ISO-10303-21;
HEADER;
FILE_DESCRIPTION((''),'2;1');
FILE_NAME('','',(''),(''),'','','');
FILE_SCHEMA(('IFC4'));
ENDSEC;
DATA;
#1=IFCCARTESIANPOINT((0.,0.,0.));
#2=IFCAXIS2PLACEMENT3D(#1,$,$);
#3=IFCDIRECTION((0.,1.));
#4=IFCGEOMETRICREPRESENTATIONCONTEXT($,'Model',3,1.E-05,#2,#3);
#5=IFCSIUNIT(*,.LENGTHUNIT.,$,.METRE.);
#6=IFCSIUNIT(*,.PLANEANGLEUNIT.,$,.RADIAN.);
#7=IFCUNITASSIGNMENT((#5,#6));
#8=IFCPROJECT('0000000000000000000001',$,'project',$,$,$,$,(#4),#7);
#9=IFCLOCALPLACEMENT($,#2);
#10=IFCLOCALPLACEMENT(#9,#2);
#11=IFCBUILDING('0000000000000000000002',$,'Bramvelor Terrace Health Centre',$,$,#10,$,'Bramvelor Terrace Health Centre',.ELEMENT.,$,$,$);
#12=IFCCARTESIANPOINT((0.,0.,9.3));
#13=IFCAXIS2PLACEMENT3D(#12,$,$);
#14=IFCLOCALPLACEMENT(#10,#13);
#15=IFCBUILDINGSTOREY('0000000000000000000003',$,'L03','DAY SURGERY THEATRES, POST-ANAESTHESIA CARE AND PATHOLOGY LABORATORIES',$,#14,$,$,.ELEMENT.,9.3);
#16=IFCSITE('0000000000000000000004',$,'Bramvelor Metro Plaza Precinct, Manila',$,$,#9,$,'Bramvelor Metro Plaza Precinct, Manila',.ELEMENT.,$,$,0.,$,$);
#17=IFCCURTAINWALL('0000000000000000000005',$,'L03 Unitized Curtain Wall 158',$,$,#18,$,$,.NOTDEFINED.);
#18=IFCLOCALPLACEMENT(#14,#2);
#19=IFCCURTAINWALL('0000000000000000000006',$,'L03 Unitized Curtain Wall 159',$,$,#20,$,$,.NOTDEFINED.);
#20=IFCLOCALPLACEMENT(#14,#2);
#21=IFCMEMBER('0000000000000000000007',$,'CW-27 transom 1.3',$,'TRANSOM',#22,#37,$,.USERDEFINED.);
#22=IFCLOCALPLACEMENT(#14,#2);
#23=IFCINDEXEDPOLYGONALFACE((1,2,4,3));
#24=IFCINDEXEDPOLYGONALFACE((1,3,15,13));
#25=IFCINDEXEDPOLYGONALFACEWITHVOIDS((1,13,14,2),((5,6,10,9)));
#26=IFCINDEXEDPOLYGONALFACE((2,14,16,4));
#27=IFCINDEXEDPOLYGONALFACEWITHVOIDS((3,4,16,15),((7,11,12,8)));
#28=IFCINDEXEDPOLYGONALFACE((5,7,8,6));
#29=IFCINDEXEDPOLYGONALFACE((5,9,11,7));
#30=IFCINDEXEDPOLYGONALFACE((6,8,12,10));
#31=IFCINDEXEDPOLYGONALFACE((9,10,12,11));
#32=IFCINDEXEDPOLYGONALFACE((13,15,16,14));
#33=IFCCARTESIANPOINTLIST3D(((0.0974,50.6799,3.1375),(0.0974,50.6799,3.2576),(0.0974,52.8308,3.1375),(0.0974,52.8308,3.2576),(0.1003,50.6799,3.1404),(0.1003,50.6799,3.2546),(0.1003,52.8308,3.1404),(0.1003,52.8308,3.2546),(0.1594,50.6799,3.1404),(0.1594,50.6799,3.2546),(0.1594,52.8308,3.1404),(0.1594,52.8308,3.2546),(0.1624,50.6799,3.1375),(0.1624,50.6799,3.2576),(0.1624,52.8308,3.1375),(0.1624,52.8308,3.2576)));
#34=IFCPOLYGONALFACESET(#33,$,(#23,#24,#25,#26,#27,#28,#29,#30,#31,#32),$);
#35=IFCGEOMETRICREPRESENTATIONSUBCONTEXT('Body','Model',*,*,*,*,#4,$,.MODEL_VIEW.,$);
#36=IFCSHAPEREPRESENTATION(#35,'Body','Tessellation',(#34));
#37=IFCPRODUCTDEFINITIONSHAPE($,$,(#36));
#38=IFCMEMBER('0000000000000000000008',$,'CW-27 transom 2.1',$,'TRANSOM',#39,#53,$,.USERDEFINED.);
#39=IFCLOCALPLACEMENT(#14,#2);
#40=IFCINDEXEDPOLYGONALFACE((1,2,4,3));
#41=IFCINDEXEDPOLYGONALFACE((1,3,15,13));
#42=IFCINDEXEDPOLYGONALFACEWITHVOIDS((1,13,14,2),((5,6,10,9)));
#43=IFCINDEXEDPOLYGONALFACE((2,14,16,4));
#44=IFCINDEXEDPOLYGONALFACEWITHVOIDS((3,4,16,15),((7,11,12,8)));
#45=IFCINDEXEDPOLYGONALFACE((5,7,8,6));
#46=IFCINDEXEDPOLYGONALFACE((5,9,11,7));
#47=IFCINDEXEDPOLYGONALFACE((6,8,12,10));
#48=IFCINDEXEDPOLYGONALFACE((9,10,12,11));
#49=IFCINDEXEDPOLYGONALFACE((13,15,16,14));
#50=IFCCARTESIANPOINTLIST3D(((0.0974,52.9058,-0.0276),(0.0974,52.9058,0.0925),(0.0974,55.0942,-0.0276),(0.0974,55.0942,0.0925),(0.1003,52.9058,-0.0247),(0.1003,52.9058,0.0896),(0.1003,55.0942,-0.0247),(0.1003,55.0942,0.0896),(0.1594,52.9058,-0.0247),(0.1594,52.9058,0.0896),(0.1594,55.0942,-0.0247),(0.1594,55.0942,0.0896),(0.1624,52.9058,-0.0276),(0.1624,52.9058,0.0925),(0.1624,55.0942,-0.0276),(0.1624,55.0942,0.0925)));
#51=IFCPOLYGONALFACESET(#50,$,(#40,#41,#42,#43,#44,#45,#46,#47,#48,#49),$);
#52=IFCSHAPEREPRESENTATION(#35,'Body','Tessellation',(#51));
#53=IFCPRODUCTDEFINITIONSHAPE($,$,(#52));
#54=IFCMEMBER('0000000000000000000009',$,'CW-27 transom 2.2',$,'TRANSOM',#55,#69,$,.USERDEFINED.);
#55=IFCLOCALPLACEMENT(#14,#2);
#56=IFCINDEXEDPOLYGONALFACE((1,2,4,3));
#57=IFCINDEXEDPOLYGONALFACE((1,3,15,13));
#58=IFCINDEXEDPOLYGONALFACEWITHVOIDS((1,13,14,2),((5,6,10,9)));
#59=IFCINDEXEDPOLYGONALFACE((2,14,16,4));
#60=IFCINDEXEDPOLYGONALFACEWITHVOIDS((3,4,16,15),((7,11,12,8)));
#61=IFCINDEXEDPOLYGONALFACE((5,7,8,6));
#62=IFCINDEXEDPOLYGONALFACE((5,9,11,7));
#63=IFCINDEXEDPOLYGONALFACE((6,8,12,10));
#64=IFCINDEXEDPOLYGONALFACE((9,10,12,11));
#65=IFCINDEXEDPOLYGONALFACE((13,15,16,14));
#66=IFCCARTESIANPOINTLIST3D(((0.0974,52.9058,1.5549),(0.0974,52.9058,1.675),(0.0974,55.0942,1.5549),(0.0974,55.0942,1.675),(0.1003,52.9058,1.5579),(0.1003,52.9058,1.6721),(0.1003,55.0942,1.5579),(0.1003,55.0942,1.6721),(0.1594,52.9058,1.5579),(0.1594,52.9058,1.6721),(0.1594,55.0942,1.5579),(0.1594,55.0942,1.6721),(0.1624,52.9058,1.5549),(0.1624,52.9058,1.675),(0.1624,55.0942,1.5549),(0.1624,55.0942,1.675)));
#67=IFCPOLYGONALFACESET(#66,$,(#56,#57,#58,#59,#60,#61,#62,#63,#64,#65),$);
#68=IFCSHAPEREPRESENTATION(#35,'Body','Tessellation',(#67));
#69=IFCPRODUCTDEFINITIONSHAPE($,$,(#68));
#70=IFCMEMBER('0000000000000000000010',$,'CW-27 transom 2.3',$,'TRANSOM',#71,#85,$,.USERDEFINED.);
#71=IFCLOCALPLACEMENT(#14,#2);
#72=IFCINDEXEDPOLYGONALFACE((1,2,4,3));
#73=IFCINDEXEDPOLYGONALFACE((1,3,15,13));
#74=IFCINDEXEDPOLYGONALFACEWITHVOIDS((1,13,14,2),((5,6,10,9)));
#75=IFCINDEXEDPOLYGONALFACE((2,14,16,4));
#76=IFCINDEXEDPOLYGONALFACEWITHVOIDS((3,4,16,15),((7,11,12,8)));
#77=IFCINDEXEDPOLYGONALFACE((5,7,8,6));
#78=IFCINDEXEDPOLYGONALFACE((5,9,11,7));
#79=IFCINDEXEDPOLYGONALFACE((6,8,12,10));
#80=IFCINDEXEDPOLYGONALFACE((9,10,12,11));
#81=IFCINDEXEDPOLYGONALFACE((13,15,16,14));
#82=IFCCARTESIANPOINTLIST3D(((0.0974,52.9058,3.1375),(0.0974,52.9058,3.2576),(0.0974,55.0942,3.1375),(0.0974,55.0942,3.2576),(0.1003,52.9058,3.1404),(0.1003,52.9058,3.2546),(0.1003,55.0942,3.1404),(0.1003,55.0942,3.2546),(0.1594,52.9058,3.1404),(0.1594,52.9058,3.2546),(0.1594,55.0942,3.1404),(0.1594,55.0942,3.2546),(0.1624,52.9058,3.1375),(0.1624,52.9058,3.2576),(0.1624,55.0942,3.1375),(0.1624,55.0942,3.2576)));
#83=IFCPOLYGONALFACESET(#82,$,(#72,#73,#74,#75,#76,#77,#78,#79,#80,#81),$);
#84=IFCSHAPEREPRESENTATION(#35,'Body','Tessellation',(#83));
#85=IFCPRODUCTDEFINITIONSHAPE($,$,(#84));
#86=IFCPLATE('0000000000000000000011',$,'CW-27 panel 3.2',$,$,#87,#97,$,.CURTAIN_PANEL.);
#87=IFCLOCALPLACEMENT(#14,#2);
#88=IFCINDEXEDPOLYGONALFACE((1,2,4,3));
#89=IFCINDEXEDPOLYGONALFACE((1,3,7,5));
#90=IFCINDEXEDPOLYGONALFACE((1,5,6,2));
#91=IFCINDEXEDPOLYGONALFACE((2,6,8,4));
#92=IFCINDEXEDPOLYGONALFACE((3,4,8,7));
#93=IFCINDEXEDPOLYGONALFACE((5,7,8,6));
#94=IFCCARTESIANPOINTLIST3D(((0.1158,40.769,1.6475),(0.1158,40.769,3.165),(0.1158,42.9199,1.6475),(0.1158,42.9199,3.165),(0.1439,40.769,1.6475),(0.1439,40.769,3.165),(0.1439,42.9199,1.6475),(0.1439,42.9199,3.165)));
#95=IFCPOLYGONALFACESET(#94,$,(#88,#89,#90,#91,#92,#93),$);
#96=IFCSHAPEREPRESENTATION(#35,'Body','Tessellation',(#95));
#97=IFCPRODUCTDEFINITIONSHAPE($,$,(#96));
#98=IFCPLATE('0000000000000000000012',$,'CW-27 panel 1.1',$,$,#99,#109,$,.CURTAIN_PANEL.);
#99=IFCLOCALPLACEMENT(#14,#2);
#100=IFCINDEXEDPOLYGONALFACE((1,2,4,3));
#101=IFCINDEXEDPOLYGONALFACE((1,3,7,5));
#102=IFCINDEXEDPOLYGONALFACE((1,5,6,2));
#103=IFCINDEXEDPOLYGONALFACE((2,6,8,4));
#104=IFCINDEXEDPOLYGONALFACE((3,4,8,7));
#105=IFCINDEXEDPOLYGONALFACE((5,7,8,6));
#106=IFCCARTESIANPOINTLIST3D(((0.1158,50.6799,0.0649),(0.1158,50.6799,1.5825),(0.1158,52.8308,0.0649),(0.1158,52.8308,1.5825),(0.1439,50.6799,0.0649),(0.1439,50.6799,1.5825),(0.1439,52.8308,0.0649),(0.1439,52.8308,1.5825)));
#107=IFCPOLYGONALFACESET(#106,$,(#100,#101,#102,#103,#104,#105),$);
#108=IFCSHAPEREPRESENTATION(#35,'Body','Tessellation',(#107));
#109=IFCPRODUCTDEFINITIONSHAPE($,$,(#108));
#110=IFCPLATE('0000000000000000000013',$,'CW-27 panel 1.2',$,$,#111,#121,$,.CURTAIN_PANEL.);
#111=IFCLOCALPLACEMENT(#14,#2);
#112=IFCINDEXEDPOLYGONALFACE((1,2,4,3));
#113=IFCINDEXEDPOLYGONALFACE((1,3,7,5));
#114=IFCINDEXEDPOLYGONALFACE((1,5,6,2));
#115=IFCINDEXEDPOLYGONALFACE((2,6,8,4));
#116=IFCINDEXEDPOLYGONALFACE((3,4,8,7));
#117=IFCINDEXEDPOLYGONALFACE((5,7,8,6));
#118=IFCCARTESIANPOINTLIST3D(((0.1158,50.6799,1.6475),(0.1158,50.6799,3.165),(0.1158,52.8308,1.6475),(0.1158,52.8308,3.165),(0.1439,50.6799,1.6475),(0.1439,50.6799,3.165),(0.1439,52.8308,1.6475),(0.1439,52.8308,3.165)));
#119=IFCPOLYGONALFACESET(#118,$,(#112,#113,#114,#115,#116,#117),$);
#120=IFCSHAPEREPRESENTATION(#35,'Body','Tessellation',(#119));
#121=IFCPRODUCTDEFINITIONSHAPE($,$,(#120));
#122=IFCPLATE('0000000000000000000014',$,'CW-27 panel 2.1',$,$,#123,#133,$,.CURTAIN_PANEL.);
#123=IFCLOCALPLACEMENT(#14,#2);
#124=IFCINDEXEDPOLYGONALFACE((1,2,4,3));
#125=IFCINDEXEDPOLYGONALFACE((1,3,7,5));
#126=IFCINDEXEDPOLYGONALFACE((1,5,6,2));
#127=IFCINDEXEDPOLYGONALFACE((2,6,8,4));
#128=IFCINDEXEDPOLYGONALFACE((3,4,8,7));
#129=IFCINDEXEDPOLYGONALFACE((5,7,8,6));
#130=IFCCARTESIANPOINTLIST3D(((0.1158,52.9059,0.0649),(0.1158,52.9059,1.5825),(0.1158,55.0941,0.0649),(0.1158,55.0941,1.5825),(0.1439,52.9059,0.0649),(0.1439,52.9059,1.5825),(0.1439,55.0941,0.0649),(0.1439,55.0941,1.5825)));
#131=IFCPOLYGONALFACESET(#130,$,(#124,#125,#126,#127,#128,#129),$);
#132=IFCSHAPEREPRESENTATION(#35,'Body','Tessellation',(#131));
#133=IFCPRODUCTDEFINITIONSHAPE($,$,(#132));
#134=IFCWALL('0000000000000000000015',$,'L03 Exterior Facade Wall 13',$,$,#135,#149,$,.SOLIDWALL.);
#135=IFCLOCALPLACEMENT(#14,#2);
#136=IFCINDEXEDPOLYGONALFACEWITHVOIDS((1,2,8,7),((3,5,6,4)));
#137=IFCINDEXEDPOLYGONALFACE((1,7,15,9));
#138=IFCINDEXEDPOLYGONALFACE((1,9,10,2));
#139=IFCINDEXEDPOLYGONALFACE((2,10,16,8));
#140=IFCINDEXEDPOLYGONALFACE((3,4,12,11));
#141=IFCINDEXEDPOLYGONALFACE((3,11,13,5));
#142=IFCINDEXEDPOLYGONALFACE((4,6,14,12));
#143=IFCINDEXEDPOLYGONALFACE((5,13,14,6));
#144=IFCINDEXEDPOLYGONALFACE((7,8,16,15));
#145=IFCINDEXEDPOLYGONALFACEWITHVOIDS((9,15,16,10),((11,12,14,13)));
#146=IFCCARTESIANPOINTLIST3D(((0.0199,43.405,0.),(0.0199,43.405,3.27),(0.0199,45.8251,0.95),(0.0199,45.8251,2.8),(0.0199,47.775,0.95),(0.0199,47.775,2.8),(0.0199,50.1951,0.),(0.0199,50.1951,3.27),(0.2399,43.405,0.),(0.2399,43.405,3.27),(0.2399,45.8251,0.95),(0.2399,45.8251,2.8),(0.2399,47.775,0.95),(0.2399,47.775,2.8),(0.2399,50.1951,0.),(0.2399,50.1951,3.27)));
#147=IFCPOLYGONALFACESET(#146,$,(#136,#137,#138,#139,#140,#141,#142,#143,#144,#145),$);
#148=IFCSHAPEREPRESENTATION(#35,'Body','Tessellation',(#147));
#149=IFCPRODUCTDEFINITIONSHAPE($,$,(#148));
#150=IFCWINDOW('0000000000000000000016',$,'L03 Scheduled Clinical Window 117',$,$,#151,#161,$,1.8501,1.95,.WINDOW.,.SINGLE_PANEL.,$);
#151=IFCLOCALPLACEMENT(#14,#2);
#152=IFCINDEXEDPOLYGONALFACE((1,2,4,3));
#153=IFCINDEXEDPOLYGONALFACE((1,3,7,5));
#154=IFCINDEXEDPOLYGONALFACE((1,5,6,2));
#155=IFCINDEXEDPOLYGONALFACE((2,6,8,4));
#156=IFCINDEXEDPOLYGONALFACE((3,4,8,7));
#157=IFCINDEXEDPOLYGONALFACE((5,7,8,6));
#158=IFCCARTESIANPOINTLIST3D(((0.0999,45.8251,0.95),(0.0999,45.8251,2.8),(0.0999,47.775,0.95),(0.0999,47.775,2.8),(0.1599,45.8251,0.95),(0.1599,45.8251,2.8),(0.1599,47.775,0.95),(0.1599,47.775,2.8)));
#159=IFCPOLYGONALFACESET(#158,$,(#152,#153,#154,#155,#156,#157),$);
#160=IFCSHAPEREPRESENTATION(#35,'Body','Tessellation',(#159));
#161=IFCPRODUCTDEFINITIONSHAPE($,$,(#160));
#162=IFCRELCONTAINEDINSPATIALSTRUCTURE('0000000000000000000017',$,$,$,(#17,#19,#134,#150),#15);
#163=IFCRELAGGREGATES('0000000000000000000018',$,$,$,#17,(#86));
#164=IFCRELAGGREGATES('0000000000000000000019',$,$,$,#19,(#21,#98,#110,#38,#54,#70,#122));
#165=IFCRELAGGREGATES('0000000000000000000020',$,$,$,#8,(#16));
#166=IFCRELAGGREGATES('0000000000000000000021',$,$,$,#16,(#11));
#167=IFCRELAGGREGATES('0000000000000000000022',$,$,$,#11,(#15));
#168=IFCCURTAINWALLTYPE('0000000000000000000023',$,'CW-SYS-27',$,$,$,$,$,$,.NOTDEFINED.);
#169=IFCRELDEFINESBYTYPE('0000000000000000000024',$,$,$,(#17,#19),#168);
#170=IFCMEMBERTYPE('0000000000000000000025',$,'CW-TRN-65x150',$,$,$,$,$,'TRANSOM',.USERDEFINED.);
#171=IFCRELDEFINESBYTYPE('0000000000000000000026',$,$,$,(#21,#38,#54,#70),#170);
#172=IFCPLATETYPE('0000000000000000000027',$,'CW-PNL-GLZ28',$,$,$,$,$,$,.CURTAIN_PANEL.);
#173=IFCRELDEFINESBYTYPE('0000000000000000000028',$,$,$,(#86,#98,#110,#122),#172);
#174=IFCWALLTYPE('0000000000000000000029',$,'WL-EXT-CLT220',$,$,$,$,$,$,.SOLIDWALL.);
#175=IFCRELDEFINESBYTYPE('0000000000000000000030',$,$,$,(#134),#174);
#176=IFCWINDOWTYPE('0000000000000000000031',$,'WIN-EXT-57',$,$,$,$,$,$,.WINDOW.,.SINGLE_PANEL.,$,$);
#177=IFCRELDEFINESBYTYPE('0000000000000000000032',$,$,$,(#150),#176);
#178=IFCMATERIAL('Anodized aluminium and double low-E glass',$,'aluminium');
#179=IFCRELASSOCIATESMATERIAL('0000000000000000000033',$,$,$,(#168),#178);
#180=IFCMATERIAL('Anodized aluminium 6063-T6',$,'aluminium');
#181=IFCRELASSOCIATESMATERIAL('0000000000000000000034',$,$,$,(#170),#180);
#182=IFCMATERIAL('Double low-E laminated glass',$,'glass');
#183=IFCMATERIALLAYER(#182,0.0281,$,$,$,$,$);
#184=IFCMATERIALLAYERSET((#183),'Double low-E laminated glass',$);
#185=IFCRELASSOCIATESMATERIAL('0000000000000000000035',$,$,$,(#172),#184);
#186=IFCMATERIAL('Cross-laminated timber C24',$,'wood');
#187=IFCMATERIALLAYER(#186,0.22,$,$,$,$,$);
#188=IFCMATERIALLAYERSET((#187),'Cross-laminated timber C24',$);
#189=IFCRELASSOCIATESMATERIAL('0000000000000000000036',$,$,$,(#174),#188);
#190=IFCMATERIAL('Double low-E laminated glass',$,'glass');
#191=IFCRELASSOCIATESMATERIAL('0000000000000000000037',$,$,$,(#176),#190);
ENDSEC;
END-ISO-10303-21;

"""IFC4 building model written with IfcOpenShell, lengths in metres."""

from ifc_helpers import new_model, si_unit, direction, frame, frame_2d, origin, origin_2d, place, context, subcontext, project, spatial, rectangle, hollow_rectangle, extrude, material, layer, layer_set, material_profile, profile_set, type_object, element, fill, aggregate, save


model = new_model("IFC4")

# Units and contexts
model_context = context("Model", 3, precision=1e-05, world=origin(), true_north=direction((0.0, 1.0)))
body_context = subcontext(model_context, "Body", "Model", "MODEL_VIEW")
ifc_project = project(units=[si_unit("LENGTHUNIT", "METRE"), si_unit("PLANEANGLEUNIT", "RADIAN")], contexts=[model_context])

# Site, building, storey
site_placement = place(None, origin())
site = spatial("IfcSite", under=ifc_project, at=site_placement, Name="Bramvelor Metro Plaza Precinct, Manila", LongName="Bramvelor Metro Plaza Precinct, Manila", CompositionType="ELEMENT", RefElevation=0.0)
building_placement = place(site_placement, origin())
building = spatial("IfcBuilding", under=site, at=building_placement, Name="Bramvelor Terrace Health Centre", LongName="Bramvelor Terrace Health Centre", CompositionType="ELEMENT")
storey_placement = place(building_placement, frame((0.0, 0.0, 9.3)))
storey = spatial("IfcBuildingStorey", under=building, at=storey_placement, Name="L03", Description="DAY SURGERY THEATRES, POST-ANAESTHESIA CARE AND PATHOLOGY LABORATORIES", CompositionType="ELEMENT", Elevation=9.3)

# Curtain wall
ifc_material_1 = material(Name="Anodized aluminium and double low-E glass", Category="aluminium")
curtain_wall_type = type_object("IfcCurtainWallType", Name="CW-SYS-27", PredefinedType="NOTDEFINED", material=ifc_material_1)
curtain_wall_1_placement = place(storey_placement, origin())
curtain_wall_1 = element("IfcCurtainWall", 1, at=curtain_wall_1_placement, inside=storey, type_object=curtain_wall_type, Name="L03 Unitized Curtain Wall 158", PredefinedType="NOTDEFINED")

# Curtain wall, members
curtain_wall_2_placement = place(storey_placement, origin())
curtain_wall_2 = element("IfcCurtainWall", 2, at=curtain_wall_2_placement, inside=storey, type_object=curtain_wall_type, Name="L03 Unitized Curtain Wall 159", PredefinedType="NOTDEFINED")
ifc_material_2 = material(Name="Anodized aluminium 6063-T6", Category="aluminium")
ifc_material_profile_1 = material_profile(ifc_material_2, hollow_rectangle(XDim=0.0649, YDim=0.1201, WallThickness=0.0029, at=origin_2d()), Name="ALU-TRN 65x120x3.0")
ifc_profile_set_1 = profile_set([ifc_material_profile_1], Name="Anodized aluminium 6063-T6")
member_type_1 = type_object("IfcMemberType", Name="CW-TRN-65x150", ElementType="TRANSOM", PredefinedType="USERDEFINED", material=ifc_profile_set_1)
member_1_placement = place(storey_placement, frame((0.1299, 50.6799, 3.1975), z_axis=(0.0, 1.0, 0.0), x_axis=(-1.0, 0.0, 0.0)))
member_1 = element("IfcMember", 3, at=member_1_placement, type_object=member_type_1, Name="CW-27 transom 1.3", ObjectType="TRANSOM", PredefinedType="USERDEFINED", context=body_context, shape_type="SweptSolid", body=[
    extrude(hollow_rectangle(XDim=0.0649, YDim=0.1201, WallThickness=0.0029, at=origin_2d()), origin(), (0.0, 0.0, 1.0), 2.1509),
])
member_2_placement = place(storey_placement, frame((0.1299, 52.9058, 0.0325), z_axis=(0.0, 1.0, 0.0), x_axis=(-1.0, 0.0, 0.0)))
member_2 = element("IfcMember", 4, at=member_2_placement, type_object=member_type_1, Name="CW-27 transom 2.1", ObjectType="TRANSOM", PredefinedType="USERDEFINED", context=body_context, shape_type="SweptSolid", body=[
    extrude(hollow_rectangle(XDim=0.0649, YDim=0.1201, WallThickness=0.0029, at=origin_2d()), origin(), (0.0, 0.0, 1.0), 2.1885),
])
member_3_placement = place(storey_placement, frame((0.1299, 52.9058, 1.615), z_axis=(0.0, 1.0, 0.0), x_axis=(-1.0, 0.0, 0.0)))
member_3 = element("IfcMember", 5, at=member_3_placement, type_object=member_type_1, Name="CW-27 transom 2.2", ObjectType="TRANSOM", PredefinedType="USERDEFINED", context=body_context, shape_type="SweptSolid", body=[
    extrude(hollow_rectangle(XDim=0.0649, YDim=0.1201, WallThickness=0.0029, at=origin_2d()), origin(), (0.0, 0.0, 1.0), 2.1885),
])
member_4_placement = place(storey_placement, frame((0.1299, 52.9058, 3.1975), z_axis=(0.0, 1.0, 0.0), x_axis=(-1.0, 0.0, 0.0)))
member_4 = element("IfcMember", 6, at=member_4_placement, type_object=member_type_1, Name="CW-27 transom 2.3", ObjectType="TRANSOM", PredefinedType="USERDEFINED", context=body_context, shape_type="SweptSolid", body=[
    extrude(hollow_rectangle(XDim=0.0649, YDim=0.1201, WallThickness=0.0029, at=origin_2d()), origin(), (0.0, 0.0, 1.0), 2.1885),
])

# Plates
ifc_material_3 = material(Name="Double low-E laminated glass", Category="glass")
ifc_layer_1 = layer(ifc_material_3, 0.0281)
ifc_layer_set_1 = layer_set([ifc_layer_1], Name="Double low-E laminated glass")
plate_type = type_object("IfcPlateType", Name="CW-PNL-GLZ28", PredefinedType="CURTAIN_PANEL", material=ifc_layer_set_1)
plate_1_placement = place(storey_placement, frame((0.1299, 41.8445, 1.6475), z_axis=(0.0, 0.0, 1.0), x_axis=(0.0, 1.0, 0.0)))
plate_1 = element("IfcPlate", 7, at=plate_1_placement, type_object=plate_type, Name="CW-27 panel 3.2", PredefinedType="CURTAIN_PANEL", context=body_context, shape_type="SweptSolid", body=[
    extrude(rectangle(XDim=2.1509, YDim=0.0281, at=origin_2d()), origin(), (0.0, 0.0, 1.0), 1.5176),
])
aggregate(curtain_wall_1, [plate_1])
plate_2_placement = place(storey_placement, frame((0.1299, 51.7554, 0.0649), z_axis=(0.0, 0.0, 1.0), x_axis=(0.0, 1.0, 0.0)))
plate_2 = element("IfcPlate", 8, at=plate_2_placement, type_object=plate_type, Name="CW-27 panel 1.1", PredefinedType="CURTAIN_PANEL", context=body_context, shape_type="SweptSolid", body=[
    extrude(rectangle(XDim=2.1509, YDim=0.0281, at=origin_2d()), origin(), (0.0, 0.0, 1.0), 1.5176),
])
plate_3_placement = place(storey_placement, frame((0.1299, 51.7554, 1.6475), z_axis=(0.0, 0.0, 1.0), x_axis=(0.0, 1.0, 0.0)))
plate_3 = element("IfcPlate", 9, at=plate_3_placement, type_object=plate_type, Name="CW-27 panel 1.2", PredefinedType="CURTAIN_PANEL", context=body_context, shape_type="SweptSolid", body=[
    extrude(rectangle(XDim=2.1509, YDim=0.0281, at=origin_2d()), origin(), (0.0, 0.0, 1.0), 1.5176),
])
plate_4_placement = place(storey_placement, frame((0.1299, 54.0, 0.0649), z_axis=(0.0, 0.0, 1.0), x_axis=(0.0, 1.0, 0.0)))
plate_4 = element("IfcPlate", 10, at=plate_4_placement, type_object=plate_type, Name="CW-27 panel 2.1", PredefinedType="CURTAIN_PANEL", context=body_context, shape_type="SweptSolid", body=[
    extrude(rectangle(XDim=2.1882, YDim=0.0281, at=origin_2d()), origin(), (0.0, 0.0, 1.0), 1.5176),
])
aggregate(curtain_wall_2, [member_1, plate_2, plate_3, member_2, member_3, member_4, plate_4])

# Wall, opening, window
ifc_material_4 = material(Name="Cross-laminated timber C24", Category="wood")
ifc_layer_2 = layer(ifc_material_4, 0.22)
ifc_layer_set_2 = layer_set([ifc_layer_2], Name="Cross-laminated timber C24")
wall_type = type_object("IfcWallType", Name="WL-EXT-CLT220", PredefinedType="SOLIDWALL", material=ifc_layer_set_2)
wall_placement = place(storey_placement, frame((0.1299, 43.405, 0.0), z_axis=(0.0, 0.0, 1.0), x_axis=(0.0, 1.0, 0.0)))
wall = element("IfcWall", 11, at=wall_placement, inside=storey, type_object=wall_type, Name="L03 Exterior Facade Wall 13", PredefinedType="SOLIDWALL", context=body_context, shape_type="SweptSolid", body=[
    extrude(rectangle(XDim=6.79, YDim=0.22, at=frame_2d((3.395, 0.0))), origin(), (0.0, 0.0, 1.0), 3.27),
])
opening_placement = place(wall_placement, frame((2.4199, 0.0, 0.95)))
opening = element("IfcOpeningElement", 12, at=opening_placement, cuts=wall, PredefinedType="OPENING", context=body_context, shape_type="SweptSolid", body=[
    extrude(rectangle(XDim=1.95, YDim=1.8501, at=frame_2d((0.9751, 0.925))), frame((0.0, 0.1199, 0.0), z_axis=(0.0, -1.0, 0.0), x_axis=(1.0, 0.0, 0.0)), (0.0, 0.0, 1.0), 0.24),
])
ifc_material_5 = material(Name="Double low-E laminated glass", Category="glass")
window_type = type_object("IfcWindowType", Name="WIN-EXT-57", PartitioningType="SINGLE_PANEL", PredefinedType="WINDOW", material=ifc_material_5)
window_placement = place(opening_placement, origin())
window = element("IfcWindow", 13, at=window_placement, inside=storey, type_object=window_type, Name="L03 Scheduled Clinical Window 117", OverallHeight=1.8501, OverallWidth=1.95, PartitioningType="SINGLE_PANEL", PredefinedType="WINDOW", context=body_context, shape_type="SweptSolid", body=[
    extrude(rectangle(XDim=1.95, YDim=1.8501, at=frame_2d((0.9751, 0.925))), frame((0.0, 0.03, 0.0), z_axis=(0.0, -1.0, 0.0), x_axis=(1.0, 0.0, 0.0)), (0.0, 0.0, 1.0), 0.0601),
])
fill(opening, window)

save(model, "model.ifc")
